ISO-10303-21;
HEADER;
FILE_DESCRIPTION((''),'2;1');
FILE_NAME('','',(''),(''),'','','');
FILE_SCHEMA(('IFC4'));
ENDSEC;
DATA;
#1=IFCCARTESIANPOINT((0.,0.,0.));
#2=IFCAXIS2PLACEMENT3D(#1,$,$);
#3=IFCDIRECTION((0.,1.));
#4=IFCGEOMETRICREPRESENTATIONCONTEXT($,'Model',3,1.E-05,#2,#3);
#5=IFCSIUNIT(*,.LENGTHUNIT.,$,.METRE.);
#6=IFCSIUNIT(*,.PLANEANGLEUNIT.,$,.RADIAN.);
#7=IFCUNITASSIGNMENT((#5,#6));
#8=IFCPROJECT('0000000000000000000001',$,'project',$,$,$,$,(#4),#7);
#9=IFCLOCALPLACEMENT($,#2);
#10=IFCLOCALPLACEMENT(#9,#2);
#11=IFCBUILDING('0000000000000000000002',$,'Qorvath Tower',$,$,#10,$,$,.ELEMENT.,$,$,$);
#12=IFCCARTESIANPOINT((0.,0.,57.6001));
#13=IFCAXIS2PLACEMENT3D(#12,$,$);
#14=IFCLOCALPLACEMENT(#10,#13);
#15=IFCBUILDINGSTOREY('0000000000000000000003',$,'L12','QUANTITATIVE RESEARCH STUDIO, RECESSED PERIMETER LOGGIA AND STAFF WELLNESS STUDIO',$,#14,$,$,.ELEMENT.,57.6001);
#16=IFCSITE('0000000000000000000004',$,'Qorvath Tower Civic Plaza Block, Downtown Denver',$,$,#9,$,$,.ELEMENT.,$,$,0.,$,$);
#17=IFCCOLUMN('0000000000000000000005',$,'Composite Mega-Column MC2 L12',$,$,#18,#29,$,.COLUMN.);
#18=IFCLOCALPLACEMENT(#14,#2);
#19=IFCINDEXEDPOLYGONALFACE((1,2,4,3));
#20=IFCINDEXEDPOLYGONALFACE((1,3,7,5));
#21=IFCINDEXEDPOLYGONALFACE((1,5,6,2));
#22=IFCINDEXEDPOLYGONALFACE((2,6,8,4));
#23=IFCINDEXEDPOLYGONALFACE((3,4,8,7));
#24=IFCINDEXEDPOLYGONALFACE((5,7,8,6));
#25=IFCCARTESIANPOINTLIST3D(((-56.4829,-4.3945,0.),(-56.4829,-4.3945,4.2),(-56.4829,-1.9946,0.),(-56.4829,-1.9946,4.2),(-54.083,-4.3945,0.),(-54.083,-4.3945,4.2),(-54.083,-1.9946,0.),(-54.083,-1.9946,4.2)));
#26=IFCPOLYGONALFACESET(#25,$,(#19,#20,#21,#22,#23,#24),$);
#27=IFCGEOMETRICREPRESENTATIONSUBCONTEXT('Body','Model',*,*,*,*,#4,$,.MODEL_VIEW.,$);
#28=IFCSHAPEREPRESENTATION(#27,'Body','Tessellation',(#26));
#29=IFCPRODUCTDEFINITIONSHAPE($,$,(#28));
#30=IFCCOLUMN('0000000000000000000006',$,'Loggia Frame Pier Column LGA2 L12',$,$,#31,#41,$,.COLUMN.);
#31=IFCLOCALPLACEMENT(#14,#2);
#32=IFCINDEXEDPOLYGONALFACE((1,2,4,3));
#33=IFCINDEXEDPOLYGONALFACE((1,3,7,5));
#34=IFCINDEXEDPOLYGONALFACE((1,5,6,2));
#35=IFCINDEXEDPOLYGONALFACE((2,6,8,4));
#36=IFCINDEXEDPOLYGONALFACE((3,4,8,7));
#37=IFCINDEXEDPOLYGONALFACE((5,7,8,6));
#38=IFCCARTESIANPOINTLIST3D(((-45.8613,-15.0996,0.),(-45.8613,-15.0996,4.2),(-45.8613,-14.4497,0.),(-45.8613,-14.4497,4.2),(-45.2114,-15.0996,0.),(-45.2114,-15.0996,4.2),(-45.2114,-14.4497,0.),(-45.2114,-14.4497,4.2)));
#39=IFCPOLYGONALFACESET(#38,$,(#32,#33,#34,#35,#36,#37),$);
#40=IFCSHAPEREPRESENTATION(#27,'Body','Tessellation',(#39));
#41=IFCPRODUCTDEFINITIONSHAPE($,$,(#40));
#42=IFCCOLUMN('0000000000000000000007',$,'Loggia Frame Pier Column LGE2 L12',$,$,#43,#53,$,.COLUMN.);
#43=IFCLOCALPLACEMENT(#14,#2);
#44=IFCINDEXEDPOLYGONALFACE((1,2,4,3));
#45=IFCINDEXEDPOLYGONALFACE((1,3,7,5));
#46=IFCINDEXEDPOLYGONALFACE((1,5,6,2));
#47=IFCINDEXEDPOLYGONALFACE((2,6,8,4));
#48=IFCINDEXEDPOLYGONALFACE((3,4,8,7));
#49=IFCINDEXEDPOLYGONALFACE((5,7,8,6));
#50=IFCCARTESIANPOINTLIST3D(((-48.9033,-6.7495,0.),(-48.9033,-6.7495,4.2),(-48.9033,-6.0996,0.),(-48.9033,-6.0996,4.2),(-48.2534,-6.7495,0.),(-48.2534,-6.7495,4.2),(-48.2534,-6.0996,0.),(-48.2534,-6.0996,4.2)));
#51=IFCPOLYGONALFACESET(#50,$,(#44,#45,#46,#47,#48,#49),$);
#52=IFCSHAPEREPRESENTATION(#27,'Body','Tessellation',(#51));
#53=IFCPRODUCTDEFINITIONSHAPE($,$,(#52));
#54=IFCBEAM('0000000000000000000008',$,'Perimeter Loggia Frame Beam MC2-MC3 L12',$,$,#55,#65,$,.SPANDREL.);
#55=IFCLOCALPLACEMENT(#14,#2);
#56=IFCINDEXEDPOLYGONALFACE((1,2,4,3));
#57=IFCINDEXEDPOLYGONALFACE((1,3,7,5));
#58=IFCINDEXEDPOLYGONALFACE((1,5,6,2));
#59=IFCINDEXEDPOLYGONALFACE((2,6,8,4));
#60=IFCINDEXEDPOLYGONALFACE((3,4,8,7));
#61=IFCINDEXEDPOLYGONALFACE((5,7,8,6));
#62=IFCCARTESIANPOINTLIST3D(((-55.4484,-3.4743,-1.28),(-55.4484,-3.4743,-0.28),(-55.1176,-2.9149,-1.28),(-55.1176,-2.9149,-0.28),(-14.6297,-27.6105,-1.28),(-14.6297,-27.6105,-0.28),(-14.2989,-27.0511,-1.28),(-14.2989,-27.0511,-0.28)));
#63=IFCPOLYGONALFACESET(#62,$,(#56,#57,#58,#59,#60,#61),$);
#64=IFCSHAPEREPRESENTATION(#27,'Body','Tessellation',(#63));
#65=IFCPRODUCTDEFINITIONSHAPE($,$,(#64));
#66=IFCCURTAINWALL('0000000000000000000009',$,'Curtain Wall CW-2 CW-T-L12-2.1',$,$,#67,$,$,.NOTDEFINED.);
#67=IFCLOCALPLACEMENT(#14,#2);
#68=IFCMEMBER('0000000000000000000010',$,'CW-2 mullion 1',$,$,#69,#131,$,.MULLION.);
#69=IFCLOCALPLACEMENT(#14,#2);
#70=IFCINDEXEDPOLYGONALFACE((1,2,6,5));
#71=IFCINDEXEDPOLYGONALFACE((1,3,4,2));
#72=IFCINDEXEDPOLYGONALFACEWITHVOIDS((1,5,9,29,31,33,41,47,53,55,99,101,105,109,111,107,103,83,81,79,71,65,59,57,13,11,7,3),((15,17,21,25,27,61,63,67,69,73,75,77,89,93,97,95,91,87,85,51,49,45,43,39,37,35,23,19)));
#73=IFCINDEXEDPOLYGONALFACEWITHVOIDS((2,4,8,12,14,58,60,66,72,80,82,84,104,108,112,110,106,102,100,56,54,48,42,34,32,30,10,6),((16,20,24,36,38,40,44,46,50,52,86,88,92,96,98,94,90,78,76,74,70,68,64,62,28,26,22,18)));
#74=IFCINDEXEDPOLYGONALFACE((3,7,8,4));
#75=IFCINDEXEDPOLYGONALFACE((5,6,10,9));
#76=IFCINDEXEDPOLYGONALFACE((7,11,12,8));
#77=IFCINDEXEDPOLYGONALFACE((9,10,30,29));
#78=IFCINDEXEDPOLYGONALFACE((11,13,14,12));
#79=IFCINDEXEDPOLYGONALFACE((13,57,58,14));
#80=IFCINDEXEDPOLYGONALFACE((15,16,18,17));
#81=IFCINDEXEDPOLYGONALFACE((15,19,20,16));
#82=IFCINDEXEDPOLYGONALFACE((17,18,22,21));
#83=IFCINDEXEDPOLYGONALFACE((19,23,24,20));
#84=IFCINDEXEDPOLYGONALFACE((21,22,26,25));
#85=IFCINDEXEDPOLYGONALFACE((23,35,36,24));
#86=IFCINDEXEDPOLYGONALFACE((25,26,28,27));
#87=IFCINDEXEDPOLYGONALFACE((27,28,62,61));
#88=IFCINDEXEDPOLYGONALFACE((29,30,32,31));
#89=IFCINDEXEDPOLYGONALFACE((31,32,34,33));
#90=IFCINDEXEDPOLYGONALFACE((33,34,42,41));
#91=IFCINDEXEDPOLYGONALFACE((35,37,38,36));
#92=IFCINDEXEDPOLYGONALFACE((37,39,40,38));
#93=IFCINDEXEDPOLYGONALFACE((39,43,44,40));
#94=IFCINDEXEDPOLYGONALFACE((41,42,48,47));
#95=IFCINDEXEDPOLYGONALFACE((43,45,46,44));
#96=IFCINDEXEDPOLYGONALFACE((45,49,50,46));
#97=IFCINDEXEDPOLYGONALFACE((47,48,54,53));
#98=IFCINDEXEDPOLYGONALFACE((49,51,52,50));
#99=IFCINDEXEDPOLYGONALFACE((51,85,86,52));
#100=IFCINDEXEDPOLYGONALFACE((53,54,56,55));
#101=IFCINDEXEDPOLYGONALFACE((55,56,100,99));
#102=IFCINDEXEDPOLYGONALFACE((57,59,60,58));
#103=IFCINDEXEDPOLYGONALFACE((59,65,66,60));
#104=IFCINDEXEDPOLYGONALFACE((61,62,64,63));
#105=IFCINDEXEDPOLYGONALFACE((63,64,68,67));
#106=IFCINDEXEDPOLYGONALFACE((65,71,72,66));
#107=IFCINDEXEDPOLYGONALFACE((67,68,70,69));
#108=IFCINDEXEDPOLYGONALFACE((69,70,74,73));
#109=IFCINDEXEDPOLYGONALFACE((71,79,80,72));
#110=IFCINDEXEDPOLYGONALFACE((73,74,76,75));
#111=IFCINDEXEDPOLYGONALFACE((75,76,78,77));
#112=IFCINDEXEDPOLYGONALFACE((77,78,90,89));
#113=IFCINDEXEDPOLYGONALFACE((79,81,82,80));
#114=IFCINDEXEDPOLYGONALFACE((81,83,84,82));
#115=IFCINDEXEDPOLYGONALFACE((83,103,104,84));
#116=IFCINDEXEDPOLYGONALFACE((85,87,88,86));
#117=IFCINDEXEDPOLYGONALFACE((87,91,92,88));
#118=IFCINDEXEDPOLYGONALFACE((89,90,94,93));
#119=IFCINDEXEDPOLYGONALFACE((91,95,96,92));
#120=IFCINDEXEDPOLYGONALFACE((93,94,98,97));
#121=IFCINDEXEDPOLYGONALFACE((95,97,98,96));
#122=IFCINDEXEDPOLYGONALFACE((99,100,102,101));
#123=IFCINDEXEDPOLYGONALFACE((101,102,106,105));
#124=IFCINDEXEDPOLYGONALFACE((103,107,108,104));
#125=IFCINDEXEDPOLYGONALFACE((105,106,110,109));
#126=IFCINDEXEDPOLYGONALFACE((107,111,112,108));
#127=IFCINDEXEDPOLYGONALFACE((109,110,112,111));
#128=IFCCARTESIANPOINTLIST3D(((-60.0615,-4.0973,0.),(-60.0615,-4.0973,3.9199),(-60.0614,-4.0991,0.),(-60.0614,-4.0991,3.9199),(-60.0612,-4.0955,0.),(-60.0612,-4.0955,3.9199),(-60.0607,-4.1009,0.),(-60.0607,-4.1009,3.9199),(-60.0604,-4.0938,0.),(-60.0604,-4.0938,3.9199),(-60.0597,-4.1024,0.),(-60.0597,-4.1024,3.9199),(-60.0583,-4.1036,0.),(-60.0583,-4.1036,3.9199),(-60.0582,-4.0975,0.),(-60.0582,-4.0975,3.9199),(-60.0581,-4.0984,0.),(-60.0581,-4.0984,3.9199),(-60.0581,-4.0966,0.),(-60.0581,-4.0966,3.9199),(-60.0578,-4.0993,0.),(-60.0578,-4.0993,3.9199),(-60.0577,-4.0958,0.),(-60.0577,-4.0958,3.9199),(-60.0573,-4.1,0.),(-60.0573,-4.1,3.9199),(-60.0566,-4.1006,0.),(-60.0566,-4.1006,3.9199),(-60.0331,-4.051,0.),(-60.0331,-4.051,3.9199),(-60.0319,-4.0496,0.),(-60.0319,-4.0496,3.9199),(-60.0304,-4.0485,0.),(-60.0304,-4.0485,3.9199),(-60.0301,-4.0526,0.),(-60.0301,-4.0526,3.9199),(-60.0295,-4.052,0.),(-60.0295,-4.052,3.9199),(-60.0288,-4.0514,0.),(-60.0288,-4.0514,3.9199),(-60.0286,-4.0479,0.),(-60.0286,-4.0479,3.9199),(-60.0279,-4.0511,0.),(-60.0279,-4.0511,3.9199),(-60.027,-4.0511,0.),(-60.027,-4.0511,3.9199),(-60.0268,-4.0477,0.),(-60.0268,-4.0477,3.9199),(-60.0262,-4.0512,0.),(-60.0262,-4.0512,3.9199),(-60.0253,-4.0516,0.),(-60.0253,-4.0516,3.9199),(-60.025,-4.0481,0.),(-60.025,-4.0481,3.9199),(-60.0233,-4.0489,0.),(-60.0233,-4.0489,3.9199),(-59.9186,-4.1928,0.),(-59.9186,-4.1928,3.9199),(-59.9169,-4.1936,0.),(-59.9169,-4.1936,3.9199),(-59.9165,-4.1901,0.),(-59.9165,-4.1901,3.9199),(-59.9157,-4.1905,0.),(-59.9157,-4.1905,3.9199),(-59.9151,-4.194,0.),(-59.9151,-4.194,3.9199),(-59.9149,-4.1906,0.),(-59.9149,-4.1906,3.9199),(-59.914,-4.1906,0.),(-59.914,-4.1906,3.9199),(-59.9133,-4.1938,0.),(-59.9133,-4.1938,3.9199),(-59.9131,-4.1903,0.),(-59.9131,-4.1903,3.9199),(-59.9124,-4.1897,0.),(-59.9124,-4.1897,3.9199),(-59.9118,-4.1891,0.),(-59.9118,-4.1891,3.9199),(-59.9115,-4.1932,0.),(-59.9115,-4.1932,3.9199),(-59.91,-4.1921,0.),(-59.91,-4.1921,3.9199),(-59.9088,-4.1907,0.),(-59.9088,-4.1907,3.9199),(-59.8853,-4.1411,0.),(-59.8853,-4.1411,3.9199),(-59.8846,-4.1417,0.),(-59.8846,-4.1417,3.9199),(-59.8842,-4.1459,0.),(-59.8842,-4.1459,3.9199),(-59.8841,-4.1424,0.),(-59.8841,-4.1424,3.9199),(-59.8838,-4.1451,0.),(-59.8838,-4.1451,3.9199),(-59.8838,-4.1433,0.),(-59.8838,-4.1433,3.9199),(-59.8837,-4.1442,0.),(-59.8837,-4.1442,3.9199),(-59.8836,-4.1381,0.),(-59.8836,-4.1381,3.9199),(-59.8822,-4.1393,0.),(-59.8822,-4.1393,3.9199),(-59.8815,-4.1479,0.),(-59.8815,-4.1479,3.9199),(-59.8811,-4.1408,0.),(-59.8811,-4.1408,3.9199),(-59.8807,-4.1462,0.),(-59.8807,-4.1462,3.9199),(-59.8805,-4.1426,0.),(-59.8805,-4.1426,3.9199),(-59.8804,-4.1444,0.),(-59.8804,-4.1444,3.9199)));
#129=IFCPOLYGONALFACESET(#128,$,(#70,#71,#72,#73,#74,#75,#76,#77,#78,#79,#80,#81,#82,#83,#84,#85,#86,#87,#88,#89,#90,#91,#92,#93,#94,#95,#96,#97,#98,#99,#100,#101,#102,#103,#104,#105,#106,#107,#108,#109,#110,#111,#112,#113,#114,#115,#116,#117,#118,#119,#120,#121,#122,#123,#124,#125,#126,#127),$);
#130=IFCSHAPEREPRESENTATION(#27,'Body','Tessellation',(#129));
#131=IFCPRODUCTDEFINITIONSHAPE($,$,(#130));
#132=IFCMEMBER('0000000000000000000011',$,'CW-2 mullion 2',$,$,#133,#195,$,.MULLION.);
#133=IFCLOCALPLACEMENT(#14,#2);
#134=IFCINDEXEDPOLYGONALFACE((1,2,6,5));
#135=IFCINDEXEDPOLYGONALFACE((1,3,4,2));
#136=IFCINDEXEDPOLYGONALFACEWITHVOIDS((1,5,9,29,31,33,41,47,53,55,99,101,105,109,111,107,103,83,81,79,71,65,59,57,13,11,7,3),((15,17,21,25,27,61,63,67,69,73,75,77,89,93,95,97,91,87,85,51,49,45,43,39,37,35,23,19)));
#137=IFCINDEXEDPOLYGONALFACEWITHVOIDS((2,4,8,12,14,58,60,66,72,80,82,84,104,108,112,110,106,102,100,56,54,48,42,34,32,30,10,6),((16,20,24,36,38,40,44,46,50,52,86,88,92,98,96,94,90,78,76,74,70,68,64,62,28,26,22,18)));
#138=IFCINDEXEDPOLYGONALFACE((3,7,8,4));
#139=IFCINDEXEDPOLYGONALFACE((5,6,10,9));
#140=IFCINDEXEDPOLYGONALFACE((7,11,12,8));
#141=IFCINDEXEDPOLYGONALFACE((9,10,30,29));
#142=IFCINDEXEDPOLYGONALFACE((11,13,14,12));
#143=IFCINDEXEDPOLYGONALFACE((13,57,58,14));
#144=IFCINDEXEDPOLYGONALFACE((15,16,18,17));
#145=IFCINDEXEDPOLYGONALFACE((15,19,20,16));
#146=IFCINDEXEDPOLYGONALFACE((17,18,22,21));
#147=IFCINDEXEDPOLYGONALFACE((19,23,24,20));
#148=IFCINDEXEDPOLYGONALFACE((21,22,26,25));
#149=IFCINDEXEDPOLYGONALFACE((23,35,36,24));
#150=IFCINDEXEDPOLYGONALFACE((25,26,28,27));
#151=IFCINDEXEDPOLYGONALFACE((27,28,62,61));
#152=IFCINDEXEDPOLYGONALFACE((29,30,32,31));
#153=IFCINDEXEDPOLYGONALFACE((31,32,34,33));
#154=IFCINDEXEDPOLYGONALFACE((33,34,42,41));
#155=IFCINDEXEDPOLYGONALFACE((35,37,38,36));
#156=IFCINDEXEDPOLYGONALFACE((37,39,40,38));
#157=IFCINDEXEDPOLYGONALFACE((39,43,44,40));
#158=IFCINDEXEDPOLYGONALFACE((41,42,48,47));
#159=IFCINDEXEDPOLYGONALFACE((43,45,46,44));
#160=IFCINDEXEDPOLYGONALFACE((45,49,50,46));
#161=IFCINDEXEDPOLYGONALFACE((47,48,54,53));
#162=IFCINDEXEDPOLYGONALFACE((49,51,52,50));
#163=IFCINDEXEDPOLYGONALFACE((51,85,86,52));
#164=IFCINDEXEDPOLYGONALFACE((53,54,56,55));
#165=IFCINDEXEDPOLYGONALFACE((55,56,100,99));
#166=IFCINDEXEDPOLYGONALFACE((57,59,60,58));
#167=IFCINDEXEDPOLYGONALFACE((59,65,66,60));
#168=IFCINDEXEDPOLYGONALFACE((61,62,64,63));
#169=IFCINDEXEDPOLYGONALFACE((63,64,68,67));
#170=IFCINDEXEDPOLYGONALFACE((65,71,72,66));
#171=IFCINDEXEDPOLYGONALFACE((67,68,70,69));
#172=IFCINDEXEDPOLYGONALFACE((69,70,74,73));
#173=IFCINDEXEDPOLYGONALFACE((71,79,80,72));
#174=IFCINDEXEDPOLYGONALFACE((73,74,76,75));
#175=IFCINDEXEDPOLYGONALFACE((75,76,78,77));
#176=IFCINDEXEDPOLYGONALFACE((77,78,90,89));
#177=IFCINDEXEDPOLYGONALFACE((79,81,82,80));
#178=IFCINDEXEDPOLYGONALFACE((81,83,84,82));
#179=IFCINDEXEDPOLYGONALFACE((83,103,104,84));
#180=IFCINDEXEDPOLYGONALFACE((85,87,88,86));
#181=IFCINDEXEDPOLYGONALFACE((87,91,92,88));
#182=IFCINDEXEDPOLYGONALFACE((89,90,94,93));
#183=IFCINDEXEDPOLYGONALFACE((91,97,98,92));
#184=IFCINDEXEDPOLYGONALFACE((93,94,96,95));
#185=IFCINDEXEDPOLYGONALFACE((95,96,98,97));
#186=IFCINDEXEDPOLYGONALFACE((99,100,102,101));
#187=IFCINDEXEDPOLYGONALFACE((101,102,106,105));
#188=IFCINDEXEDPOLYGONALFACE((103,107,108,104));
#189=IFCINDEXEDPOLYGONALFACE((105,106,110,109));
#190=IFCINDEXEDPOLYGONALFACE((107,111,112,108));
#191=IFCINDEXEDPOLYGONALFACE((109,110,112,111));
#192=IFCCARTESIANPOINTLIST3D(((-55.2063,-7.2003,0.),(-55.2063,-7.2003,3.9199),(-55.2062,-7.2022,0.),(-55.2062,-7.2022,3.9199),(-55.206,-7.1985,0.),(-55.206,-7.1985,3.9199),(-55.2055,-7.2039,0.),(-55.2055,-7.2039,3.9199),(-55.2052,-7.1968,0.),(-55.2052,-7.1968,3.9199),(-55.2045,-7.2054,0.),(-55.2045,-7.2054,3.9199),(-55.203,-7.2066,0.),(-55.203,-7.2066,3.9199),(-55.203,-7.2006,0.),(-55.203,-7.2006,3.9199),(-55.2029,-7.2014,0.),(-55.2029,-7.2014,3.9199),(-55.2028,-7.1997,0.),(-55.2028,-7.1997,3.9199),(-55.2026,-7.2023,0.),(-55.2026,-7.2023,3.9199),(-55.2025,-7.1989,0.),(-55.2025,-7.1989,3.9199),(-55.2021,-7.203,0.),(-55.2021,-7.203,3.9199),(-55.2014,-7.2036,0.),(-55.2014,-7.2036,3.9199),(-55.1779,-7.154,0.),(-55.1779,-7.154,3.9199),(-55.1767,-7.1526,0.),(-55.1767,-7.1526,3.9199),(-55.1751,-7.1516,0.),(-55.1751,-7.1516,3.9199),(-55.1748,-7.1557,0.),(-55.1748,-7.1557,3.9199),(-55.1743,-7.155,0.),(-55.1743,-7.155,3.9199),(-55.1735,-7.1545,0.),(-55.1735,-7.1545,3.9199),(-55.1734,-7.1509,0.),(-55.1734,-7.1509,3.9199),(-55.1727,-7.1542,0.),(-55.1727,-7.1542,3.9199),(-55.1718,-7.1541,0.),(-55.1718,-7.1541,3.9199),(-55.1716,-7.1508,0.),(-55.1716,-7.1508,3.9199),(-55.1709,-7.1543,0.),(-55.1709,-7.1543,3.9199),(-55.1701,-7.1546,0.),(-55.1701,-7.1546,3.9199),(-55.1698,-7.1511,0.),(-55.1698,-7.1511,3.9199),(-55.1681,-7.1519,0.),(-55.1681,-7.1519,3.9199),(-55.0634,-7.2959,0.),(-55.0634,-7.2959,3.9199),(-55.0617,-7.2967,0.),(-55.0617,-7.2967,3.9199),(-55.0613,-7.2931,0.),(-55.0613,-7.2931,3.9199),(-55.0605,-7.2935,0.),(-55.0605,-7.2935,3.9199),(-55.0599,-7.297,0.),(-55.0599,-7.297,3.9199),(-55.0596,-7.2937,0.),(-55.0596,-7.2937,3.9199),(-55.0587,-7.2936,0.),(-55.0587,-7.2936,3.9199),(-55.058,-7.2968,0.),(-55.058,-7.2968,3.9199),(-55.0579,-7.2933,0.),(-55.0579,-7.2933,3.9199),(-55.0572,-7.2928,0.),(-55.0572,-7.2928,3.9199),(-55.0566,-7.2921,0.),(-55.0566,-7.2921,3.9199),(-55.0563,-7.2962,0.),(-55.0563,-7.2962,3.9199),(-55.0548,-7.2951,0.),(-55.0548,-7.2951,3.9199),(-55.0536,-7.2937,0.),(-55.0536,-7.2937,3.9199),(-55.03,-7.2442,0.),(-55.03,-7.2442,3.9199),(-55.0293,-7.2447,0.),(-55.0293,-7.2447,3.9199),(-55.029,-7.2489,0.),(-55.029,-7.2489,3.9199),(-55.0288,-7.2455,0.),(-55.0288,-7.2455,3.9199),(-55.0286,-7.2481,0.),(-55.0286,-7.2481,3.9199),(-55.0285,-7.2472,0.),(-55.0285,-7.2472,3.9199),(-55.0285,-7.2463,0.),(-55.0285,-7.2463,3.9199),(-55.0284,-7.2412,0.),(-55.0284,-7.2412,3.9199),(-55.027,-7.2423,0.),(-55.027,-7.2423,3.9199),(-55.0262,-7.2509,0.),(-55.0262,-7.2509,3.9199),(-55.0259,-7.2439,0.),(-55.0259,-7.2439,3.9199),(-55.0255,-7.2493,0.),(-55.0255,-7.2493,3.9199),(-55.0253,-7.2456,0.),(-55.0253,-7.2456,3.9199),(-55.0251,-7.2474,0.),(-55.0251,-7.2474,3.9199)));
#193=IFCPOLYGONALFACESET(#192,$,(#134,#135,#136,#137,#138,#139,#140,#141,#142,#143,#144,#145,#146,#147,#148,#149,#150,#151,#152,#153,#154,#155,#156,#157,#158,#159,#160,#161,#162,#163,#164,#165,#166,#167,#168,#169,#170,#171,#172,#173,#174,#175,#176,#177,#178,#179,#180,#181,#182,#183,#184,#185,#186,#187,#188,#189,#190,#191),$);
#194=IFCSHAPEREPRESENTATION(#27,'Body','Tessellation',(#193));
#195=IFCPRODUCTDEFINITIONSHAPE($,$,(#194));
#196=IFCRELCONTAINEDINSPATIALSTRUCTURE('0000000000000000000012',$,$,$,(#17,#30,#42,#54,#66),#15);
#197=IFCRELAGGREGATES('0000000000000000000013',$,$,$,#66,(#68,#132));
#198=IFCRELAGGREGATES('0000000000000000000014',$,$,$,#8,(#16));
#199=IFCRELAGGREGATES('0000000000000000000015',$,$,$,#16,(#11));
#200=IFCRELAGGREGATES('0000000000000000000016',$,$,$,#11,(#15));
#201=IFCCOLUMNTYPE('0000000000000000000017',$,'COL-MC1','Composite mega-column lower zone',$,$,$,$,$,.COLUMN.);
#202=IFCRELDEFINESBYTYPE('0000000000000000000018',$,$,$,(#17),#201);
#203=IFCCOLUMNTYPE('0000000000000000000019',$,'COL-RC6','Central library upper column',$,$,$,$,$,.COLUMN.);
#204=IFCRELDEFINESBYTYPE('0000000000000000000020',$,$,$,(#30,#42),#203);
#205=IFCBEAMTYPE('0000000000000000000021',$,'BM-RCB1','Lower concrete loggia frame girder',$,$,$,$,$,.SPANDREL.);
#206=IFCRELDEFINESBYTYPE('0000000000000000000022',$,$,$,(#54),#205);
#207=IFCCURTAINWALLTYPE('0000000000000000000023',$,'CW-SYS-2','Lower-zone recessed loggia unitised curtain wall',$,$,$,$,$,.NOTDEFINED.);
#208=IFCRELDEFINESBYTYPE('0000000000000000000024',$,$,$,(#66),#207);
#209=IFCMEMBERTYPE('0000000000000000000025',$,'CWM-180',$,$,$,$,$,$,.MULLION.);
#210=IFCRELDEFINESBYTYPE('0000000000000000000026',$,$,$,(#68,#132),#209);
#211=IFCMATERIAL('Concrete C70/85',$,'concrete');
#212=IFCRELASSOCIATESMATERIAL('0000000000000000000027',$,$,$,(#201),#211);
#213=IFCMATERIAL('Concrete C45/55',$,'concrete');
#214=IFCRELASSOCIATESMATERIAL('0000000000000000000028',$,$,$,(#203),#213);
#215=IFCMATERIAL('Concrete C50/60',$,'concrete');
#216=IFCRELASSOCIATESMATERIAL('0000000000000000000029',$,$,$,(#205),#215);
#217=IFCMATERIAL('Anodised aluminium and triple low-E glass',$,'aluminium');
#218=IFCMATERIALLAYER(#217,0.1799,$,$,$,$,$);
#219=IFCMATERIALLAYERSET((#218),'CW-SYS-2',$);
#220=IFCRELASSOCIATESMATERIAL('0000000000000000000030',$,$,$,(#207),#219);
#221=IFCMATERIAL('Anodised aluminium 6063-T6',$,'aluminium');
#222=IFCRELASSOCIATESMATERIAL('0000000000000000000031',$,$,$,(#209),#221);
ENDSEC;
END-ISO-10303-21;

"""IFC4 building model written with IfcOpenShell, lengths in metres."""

from ifc_helpers import new_model, si_unit, direction, frame, origin, origin_2d, place, context, subcontext, project, spatial, rectangle, hollow_rectangle, extrude, material, layer, layer_set, material_profile, profile_set, type_object, element, aggregate, save


model = new_model("IFC4")

# Units and contexts
model_context = context("Model", 3, precision=1e-05, world=origin(), true_north=direction((0.0, 1.0)))
body_context = subcontext(model_context, "Body", "Model", "MODEL_VIEW")
ifc_project = project(units=[si_unit("LENGTHUNIT", "METRE"), si_unit("PLANEANGLEUNIT", "RADIAN")], contexts=[model_context])

# Site, building, storey
site_placement = place(None, origin())
site = spatial("IfcSite", under=ifc_project, at=site_placement, Name="Qorvath Tower Civic Plaza Block, Downtown Denver", CompositionType="ELEMENT", RefElevation=0.0)
building_placement = place(site_placement, origin())
building = spatial("IfcBuilding", under=site, at=building_placement, Name="Qorvath Tower", CompositionType="ELEMENT")
storey_placement = place(building_placement, frame((0.0, 0.0, 57.6001)))
storey = spatial("IfcBuildingStorey", under=building, at=storey_placement, Name="L12", Description="QUANTITATIVE RESEARCH STUDIO, RECESSED PERIMETER LOGGIA AND STAFF WELLNESS STUDIO", CompositionType="ELEMENT", Elevation=57.6001)

# Columns
ifc_material_1 = material(Name="Concrete C70/85", Category="concrete")
ifc_material_profile_1 = material_profile(ifc_material_1, rectangle(XDim=2.3999, YDim=2.3999, at=origin_2d()), Name="MC 2400x2400")
ifc_profile_set_1 = profile_set([ifc_material_profile_1], Name="Concrete C70/85")
column_type_1 = type_object("IfcColumnType", Name="COL-MC1", Description="Composite mega-column lower zone", PredefinedType="COLUMN", material=ifc_profile_set_1)
column_placement = place(storey_placement, frame((-55.283, -3.1946, 0.0), z_axis=(0.0, 0.0, 1.0), x_axis=(1.0, 0.0, 0.0)))
element("IfcColumn", 1, at=column_placement, inside=storey, type_object=column_type_1, Name="Composite Mega-Column MC2 L12", PredefinedType="COLUMN", context=body_context, shape_type="SweptSolid", body=[
    extrude(rectangle(XDim=2.3999, YDim=2.3999, at=origin_2d()), origin(), (0.0, 0.0, 1.0), 4.2),
])
ifc_material_2 = material(Name="Concrete C45/55", Category="concrete")
ifc_material_profile_2 = material_profile(ifc_material_2, rectangle(XDim=0.6499, YDim=0.6499, at=origin_2d()), Name="RC 650x650")
ifc_profile_set_2 = profile_set([ifc_material_profile_2], Name="Concrete C45/55")
column_type_2 = type_object("IfcColumnType", Name="COL-RC6", Description="Central library upper column", PredefinedType="COLUMN", material=ifc_profile_set_2)
for number, where, z_axis, x_axis, name in (
    (2, (-45.5364, -14.7747, 0.0), (0.0, 0.0, 1.0), (1.0, 0.0, 0.0), "Loggia Frame Pier Column LGA2 L12"),
    (3, (-48.5784, -6.4246, 0.0), (0.0, 0.0, 1.0), (1.0, 0.0, 0.0), "Loggia Frame Pier Column LGE2 L12"),
):
    element("IfcColumn", number, at=place(storey_placement, frame(where, z_axis=z_axis, x_axis=x_axis)), inside=storey, type_object=column_type_2, Name=name, PredefinedType="COLUMN", context=body_context, shape_type="SweptSolid", body=[
        extrude(rectangle(XDim=0.6499, YDim=0.6499, at=origin_2d()), origin(), (0.0, 0.0, 1.0), 4.2),
    ])

# Beam
ifc_material_3 = material(Name="Concrete C50/60", Category="concrete")
ifc_material_profile_3 = material_profile(ifc_material_3, rectangle(XDim=0.6499, YDim=1.0, at=origin_2d()), Name="RCB 1000x650")
ifc_profile_set_3 = profile_set([ifc_material_profile_3], Name="Concrete C50/60")
beam_type = type_object("IfcBeamType", Name="BM-RCB1", Description="Lower concrete loggia frame girder", PredefinedType="SPANDREL", material=ifc_profile_set_3)
beam_placement = place(storey_placement, frame((-55.283, -3.1946, -0.78), z_axis=(0.860777, -0.508982, 0.0), x_axis=(0.508982, 0.860777, 0.0)))
element("IfcBeam", 4, at=beam_placement, inside=storey, type_object=beam_type, Name="Perimeter Loggia Frame Beam MC2-MC3 L12", PredefinedType="SPANDREL", context=body_context, shape_type="SweptSolid", body=[
    extrude(rectangle(XDim=0.6499, YDim=1.0, at=origin_2d()), origin(), (0.0, 0.0, 1.0), 47.4207),
])

# Curtain wall, members
ifc_material_4 = material(Name="Anodised aluminium and triple low-E glass", Category="aluminium")
ifc_layer_1 = layer(ifc_material_4, 0.1799)
ifc_layer_set_1 = layer_set([ifc_layer_1], Name="CW-SYS-2")
curtain_wall_type = type_object("IfcCurtainWallType", Name="CW-SYS-2", Description="Lower-zone recessed loggia unitised curtain wall", PredefinedType="NOTDEFINED", material=ifc_layer_set_1)
curtain_wall_placement = place(storey_placement, origin())
curtain_wall = element("IfcCurtainWall", 5, at=curtain_wall_placement, inside=storey, type_object=curtain_wall_type, Name="Curtain Wall CW-2 CW-T-L12-2.1", PredefinedType="NOTDEFINED")
ifc_material_5 = material(Name="Anodised aluminium 6063-T6", Category="aluminium")
ifc_material_profile_4 = material_profile(ifc_material_5, hollow_rectangle(XDim=0.0649, YDim=0.1799, WallThickness=0.0034, InnerFilletRadius=0.0034, OuterFilletRadius=0.0071, at=origin_2d()), Name="CWM 180x65")
ifc_profile_set_4 = profile_set([ifc_material_profile_4], Name="Anodised aluminium 6063-T6")
member_type_1 = type_object("IfcMemberType", Name="CWM-180", PredefinedType="MULLION", material=ifc_profile_set_4)
member_1_placement = place(storey_placement, frame((-59.9709, -4.1208, 0.0), z_axis=(0.0, 0.0, 1.0), x_axis=(0.53853, 0.842607, 0.0)))
member_1 = element("IfcMember", 6, at=member_1_placement, type_object=member_type_1, Name="CW-2 mullion 1", PredefinedType="MULLION", context=body_context, shape_type="SweptSolid", body=[
    extrude(hollow_rectangle(XDim=0.0649, YDim=0.1799, WallThickness=0.0034, InnerFilletRadius=0.0034, OuterFilletRadius=0.0071, at=origin_2d()), origin(), (0.0, 0.0, 1.0), 3.9199),
])
member_2_placement = place(storey_placement, frame((-55.1157, -7.2239, 0.0), z_axis=(0.0, 0.0, 1.0), x_axis=(0.53853, 0.842607, 0.0)))
member_2 = element("IfcMember", 7, at=member_2_placement, type_object=member_type_1, Name="CW-2 mullion 2", PredefinedType="MULLION", context=body_context, shape_type="SweptSolid", body=[
    extrude(hollow_rectangle(XDim=0.0649, YDim=0.1799, WallThickness=0.0034, InnerFilletRadius=0.0034, OuterFilletRadius=0.0071, at=origin_2d()), origin(), (0.0, 0.0, 1.0), 3.9199),
])
aggregate(curtain_wall, [member_1, member_2])

save(model, "model.ifc")
